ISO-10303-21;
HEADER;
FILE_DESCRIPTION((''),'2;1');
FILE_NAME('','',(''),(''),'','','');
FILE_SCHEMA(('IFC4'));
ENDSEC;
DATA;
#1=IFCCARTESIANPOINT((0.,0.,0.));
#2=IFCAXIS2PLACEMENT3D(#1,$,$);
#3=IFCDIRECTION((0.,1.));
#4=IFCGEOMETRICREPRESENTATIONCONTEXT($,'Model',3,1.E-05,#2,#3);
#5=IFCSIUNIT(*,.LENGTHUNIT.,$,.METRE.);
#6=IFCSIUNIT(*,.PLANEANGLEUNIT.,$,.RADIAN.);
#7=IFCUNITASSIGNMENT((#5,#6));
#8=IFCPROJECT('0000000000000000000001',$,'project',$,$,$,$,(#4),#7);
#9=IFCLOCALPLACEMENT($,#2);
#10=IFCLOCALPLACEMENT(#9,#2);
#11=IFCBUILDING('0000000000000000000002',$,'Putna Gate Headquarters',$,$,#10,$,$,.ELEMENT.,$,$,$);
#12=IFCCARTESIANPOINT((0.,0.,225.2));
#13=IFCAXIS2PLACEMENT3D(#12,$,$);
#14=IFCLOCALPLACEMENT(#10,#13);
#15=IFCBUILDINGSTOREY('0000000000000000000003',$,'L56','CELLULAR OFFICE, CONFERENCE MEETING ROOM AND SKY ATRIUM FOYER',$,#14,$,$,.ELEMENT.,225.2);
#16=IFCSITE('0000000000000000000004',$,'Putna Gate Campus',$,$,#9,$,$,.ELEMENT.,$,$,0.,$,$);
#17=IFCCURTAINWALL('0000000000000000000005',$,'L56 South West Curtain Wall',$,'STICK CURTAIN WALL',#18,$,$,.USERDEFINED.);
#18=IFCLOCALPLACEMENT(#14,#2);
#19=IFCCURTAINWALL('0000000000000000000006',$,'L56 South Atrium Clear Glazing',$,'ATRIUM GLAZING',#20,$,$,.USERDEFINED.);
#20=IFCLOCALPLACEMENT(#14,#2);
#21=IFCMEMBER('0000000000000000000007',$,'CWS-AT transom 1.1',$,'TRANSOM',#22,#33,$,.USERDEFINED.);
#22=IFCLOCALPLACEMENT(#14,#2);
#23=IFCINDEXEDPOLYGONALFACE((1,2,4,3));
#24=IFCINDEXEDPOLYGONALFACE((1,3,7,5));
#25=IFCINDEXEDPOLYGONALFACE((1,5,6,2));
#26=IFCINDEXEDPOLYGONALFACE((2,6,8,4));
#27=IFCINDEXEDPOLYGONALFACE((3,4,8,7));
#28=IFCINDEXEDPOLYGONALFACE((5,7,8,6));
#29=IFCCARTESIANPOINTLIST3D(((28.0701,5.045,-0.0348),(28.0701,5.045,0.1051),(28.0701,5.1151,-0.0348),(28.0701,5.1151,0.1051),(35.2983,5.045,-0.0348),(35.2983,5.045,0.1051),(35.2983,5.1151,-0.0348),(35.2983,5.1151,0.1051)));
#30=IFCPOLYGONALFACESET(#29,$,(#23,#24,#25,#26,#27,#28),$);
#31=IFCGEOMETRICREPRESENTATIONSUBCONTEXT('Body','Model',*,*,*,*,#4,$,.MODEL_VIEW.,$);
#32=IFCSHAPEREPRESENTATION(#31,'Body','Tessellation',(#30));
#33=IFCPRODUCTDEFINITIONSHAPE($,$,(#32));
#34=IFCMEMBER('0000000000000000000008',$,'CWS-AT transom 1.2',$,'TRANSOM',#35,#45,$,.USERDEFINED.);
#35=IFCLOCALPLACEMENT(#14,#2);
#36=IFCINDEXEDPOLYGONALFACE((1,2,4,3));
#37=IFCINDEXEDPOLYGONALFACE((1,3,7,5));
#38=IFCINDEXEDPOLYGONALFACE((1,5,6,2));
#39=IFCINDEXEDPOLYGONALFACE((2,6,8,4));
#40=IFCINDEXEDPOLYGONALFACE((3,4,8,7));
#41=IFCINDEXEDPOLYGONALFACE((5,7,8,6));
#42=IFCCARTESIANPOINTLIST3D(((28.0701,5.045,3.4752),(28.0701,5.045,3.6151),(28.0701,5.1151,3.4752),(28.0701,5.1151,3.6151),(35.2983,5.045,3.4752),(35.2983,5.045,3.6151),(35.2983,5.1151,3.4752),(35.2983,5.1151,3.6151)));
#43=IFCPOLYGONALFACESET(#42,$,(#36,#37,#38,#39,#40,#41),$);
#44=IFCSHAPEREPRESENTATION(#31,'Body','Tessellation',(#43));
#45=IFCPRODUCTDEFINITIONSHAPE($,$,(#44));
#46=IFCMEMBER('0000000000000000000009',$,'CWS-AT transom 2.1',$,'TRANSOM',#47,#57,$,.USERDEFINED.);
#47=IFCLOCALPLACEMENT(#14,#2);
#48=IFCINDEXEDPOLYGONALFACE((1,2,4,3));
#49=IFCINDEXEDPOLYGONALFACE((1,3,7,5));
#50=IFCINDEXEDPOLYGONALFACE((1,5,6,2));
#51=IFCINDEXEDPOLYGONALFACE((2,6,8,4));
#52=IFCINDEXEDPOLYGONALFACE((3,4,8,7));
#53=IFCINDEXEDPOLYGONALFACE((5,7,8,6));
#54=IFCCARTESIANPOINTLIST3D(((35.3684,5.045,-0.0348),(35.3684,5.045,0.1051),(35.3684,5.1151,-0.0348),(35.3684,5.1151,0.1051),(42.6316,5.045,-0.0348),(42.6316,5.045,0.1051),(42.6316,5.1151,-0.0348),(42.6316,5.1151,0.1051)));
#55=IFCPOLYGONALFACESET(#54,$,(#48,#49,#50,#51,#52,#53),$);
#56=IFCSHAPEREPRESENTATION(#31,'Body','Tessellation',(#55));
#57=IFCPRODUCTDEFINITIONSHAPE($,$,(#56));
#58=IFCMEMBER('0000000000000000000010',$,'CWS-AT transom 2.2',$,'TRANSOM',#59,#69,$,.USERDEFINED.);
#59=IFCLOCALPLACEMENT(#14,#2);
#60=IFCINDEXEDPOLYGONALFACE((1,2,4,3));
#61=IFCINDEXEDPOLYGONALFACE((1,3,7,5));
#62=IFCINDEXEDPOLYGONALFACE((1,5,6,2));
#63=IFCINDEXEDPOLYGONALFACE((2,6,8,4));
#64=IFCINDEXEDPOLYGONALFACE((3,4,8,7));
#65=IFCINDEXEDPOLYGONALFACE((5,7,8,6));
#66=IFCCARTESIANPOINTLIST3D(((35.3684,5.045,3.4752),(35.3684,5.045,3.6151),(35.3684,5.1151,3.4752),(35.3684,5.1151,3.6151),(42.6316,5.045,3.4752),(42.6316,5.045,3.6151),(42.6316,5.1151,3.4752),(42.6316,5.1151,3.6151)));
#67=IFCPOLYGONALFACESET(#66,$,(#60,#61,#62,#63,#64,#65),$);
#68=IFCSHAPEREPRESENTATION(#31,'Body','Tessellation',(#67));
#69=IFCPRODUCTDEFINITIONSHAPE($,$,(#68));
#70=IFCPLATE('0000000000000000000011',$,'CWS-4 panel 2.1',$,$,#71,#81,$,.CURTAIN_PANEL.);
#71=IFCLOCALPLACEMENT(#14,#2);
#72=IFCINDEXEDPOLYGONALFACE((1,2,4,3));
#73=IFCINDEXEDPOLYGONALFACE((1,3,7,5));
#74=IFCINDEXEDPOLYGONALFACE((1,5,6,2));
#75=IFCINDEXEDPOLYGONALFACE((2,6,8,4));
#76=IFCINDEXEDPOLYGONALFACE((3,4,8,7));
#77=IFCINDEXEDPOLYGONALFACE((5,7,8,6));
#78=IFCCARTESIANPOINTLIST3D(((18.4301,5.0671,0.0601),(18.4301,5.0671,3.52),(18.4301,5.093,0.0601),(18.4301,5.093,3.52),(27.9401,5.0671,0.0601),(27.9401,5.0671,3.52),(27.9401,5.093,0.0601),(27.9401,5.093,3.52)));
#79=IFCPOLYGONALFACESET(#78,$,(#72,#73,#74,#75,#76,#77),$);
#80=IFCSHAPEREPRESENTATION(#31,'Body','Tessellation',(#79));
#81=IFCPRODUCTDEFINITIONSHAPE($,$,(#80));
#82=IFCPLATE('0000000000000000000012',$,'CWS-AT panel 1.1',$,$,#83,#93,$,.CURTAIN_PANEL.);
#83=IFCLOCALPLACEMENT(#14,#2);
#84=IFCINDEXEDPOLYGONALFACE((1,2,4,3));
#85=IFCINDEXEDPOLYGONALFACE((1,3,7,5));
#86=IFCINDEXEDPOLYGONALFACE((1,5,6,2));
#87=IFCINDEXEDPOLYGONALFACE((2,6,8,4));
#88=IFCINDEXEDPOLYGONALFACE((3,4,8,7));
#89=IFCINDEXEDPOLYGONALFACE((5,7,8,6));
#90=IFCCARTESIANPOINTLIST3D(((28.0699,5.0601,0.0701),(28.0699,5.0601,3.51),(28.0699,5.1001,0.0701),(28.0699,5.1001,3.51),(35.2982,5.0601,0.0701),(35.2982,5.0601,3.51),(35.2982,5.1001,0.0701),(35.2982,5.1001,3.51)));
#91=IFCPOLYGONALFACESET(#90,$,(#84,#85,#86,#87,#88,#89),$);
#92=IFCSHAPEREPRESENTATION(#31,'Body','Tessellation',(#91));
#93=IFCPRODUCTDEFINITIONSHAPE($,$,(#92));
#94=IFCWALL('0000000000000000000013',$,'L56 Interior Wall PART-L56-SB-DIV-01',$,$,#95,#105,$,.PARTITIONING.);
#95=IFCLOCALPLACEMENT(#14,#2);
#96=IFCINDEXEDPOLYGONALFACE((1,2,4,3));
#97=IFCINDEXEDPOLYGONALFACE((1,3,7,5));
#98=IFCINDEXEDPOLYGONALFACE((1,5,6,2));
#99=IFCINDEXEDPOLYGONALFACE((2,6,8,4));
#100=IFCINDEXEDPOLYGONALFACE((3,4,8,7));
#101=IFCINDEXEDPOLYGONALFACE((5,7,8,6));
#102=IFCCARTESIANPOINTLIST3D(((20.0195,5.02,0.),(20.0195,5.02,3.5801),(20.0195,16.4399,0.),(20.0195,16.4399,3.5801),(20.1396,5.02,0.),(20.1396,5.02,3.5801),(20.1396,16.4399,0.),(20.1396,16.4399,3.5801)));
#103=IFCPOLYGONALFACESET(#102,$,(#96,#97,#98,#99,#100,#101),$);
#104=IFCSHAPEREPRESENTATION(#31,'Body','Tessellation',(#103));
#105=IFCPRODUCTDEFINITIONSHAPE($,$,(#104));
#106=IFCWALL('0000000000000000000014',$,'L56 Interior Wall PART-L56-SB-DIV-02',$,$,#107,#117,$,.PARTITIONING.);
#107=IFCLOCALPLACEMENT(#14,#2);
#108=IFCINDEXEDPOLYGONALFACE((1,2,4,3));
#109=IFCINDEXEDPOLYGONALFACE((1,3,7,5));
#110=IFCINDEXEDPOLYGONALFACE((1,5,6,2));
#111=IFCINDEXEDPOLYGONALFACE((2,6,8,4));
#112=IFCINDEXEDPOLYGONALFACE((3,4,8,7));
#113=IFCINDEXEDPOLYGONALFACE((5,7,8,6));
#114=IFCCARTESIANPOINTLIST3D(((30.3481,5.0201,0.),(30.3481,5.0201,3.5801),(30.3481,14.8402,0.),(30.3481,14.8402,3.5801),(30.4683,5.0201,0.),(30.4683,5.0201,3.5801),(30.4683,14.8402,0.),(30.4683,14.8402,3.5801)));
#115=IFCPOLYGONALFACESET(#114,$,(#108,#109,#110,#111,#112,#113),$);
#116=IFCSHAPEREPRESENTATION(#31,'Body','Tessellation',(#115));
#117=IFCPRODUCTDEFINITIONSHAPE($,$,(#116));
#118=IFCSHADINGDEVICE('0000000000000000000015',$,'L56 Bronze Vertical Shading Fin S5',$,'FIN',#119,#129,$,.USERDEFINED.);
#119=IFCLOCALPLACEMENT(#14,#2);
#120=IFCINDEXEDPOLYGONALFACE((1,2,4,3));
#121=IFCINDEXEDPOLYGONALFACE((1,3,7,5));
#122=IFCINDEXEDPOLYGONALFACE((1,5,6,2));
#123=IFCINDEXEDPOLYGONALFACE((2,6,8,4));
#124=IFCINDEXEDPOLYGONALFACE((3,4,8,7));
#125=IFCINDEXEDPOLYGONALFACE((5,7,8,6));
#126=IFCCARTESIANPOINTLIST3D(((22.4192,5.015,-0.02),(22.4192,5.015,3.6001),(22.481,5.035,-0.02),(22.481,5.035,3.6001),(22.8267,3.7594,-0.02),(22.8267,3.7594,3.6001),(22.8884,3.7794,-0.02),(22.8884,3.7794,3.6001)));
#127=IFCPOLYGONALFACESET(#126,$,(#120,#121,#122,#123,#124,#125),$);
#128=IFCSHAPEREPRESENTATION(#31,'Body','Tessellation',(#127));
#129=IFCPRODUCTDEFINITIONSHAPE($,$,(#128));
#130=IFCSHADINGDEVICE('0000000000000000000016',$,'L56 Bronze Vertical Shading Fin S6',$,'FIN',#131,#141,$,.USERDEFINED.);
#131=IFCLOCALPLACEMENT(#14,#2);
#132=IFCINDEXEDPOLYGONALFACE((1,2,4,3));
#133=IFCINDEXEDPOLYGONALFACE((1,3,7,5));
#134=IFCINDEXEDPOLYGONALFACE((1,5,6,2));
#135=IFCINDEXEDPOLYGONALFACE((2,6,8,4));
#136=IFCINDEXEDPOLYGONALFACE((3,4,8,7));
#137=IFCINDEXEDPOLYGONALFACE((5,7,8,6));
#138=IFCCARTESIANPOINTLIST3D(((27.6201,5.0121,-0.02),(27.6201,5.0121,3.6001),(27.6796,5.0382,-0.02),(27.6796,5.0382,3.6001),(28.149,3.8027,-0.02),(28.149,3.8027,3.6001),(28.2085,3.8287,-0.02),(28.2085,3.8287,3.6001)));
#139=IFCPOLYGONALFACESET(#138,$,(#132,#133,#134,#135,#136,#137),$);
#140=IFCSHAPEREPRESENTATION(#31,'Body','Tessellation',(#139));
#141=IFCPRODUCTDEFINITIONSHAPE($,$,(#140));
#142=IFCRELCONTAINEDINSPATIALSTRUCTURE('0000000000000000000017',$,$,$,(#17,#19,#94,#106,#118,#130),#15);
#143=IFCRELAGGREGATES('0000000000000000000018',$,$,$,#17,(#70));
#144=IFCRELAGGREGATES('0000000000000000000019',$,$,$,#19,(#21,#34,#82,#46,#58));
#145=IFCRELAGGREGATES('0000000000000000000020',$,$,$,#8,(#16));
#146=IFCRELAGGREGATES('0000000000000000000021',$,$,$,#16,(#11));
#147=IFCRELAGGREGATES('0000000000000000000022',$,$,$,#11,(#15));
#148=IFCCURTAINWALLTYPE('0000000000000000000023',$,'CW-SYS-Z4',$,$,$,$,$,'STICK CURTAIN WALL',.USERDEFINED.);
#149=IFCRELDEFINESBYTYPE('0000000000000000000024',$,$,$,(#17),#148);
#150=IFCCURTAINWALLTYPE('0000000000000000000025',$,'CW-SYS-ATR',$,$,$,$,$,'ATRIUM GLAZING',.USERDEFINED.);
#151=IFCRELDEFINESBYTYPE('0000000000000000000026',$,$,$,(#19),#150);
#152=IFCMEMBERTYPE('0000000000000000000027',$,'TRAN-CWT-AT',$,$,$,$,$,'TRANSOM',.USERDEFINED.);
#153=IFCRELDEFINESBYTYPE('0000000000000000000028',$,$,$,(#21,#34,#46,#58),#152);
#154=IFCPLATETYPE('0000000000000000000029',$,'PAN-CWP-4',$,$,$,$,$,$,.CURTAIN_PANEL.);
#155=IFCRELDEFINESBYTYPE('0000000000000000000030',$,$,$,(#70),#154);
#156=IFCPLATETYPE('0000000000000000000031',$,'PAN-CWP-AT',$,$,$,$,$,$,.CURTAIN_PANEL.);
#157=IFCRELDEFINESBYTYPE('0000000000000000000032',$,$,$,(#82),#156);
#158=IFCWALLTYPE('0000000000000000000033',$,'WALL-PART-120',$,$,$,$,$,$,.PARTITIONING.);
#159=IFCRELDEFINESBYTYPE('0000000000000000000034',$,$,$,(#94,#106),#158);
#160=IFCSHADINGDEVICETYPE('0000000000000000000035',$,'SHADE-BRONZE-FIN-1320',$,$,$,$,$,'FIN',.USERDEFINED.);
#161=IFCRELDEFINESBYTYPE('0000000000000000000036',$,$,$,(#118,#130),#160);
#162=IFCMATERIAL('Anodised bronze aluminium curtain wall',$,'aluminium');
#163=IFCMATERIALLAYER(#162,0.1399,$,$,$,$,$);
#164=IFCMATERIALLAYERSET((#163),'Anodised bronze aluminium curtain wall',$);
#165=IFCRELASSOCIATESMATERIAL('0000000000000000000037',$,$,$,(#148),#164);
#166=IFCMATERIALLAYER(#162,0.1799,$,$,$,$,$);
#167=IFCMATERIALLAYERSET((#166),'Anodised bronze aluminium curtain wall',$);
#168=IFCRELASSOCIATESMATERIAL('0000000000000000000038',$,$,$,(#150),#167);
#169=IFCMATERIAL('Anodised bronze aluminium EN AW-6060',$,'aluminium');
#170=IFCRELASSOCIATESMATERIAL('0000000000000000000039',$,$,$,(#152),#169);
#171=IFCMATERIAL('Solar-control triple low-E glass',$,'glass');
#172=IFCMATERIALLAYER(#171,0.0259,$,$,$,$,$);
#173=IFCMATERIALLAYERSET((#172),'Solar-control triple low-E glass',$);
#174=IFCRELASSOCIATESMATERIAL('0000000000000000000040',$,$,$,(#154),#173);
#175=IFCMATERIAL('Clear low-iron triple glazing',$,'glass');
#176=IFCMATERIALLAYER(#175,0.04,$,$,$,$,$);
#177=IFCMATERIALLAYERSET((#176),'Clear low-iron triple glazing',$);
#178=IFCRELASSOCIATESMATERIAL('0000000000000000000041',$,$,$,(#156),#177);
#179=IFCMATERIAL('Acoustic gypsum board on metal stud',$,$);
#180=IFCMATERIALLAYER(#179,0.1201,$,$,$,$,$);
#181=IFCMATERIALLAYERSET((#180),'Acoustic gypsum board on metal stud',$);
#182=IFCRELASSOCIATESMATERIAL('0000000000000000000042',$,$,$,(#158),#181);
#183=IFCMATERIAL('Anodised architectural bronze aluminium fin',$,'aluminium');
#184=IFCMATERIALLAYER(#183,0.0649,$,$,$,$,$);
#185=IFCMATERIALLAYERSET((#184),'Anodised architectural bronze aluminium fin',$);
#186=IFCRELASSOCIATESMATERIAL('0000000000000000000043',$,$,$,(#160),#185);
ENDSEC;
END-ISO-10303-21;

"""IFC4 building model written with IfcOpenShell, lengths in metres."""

from ifc_helpers import new_model, si_unit, direction, frame, frame_2d, origin, origin_2d, place, context, subcontext, project, spatial, rectangle, extrude, material, layer, layer_set, material_profile, profile_set, type_object, element, aggregate, save


model = new_model("IFC4")

# Units and contexts
model_context = context("Model", 3, precision=1e-05, world=origin(), true_north=direction((0.0, 1.0)))
body_context = subcontext(model_context, "Body", "Model", "MODEL_VIEW")
ifc_project = project(units=[si_unit("LENGTHUNIT", "METRE"), si_unit("PLANEANGLEUNIT", "RADIAN")], contexts=[model_context])

# Site, building, storey
site_placement = place(None, origin())
site = spatial("IfcSite", under=ifc_project, at=site_placement, Name="Putna Gate Campus", CompositionType="ELEMENT", RefElevation=0.0)
building_placement = place(site_placement, origin())
building = spatial("IfcBuilding", under=site, at=building_placement, Name="Putna Gate Headquarters", CompositionType="ELEMENT")
storey_placement = place(building_placement, frame((0.0, 0.0, 225.2)))
storey = spatial("IfcBuildingStorey", under=building, at=storey_placement, Name="L56", Description="CELLULAR OFFICE, CONFERENCE MEETING ROOM AND SKY ATRIUM FOYER", CompositionType="ELEMENT", Elevation=225.2)

# Curtain walls
ifc_material_1 = material(Name="Anodised bronze aluminium curtain wall", Category="aluminium")
ifc_layer_1 = layer(ifc_material_1, 0.1399)
ifc_layer_set_1 = layer_set([ifc_layer_1], Name="Anodised bronze aluminium curtain wall")
curtain_wall_type_1 = type_object("IfcCurtainWallType", Name="CW-SYS-Z4", ElementType="STICK CURTAIN WALL", PredefinedType="USERDEFINED", material=ifc_layer_set_1)
curtain_wall_1_placement = place(storey_placement, origin())
curtain_wall_1 = element("IfcCurtainWall", 1, at=curtain_wall_1_placement, inside=storey, type_object=curtain_wall_type_1, Name="L56 South West Curtain Wall", ObjectType="STICK CURTAIN WALL", PredefinedType="USERDEFINED")
ifc_material_2 = material(Name="Anodised bronze aluminium EN AW-6060", Category="aluminium")
ifc_layer_2 = layer(ifc_material_1, 0.1799)
ifc_layer_set_2 = layer_set([ifc_layer_2], Name="Anodised bronze aluminium curtain wall")
curtain_wall_type_2 = type_object("IfcCurtainWallType", Name="CW-SYS-ATR", ElementType="ATRIUM GLAZING", PredefinedType="USERDEFINED", material=ifc_layer_set_2)
curtain_wall_2_placement = place(storey_placement, origin())
curtain_wall_2 = element("IfcCurtainWall", 2, at=curtain_wall_2_placement, inside=storey, type_object=curtain_wall_type_2, Name="L56 South Atrium Clear Glazing", ObjectType="ATRIUM GLAZING", PredefinedType="USERDEFINED")

# Members
ifc_material_profile_1 = material_profile(ifc_material_2, rectangle(XDim=0.0701, YDim=0.1399, at=origin_2d()), Name="Anodised bronze aluminium EN AW-6060")
ifc_profile_set_1 = profile_set([ifc_material_profile_1], Name="Anodised bronze aluminium EN AW-6060")
member_type_1 = type_object("IfcMemberType", Name="TRAN-CWT-AT", ElementType="TRANSOM", PredefinedType="USERDEFINED", material=ifc_profile_set_1)
member_1_placement = place(storey_placement, frame((28.0701, 5.0801, 0.0352), z_axis=(1.0, 0.0, 0.0), x_axis=(0.0, 1.0, 0.0)))
member_1 = element("IfcMember", 3, at=member_1_placement, type_object=member_type_1, Name="CWS-AT transom 1.1", ObjectType="TRANSOM", PredefinedType="USERDEFINED", context=body_context, shape_type="SweptSolid", body=[
    extrude(rectangle(XDim=0.0701, YDim=0.1399, at=origin_2d()), origin(), (0.0, 0.0, 1.0), 7.2283),
])
member_2_placement = place(storey_placement, frame((28.0701, 5.0801, 3.5452), z_axis=(1.0, 0.0, 0.0), x_axis=(0.0, 1.0, 0.0)))
member_2 = element("IfcMember", 4, at=member_2_placement, type_object=member_type_1, Name="CWS-AT transom 1.2", ObjectType="TRANSOM", PredefinedType="USERDEFINED", context=body_context, shape_type="SweptSolid", body=[
    extrude(rectangle(XDim=0.0701, YDim=0.1399, at=origin_2d()), origin(), (0.0, 0.0, 1.0), 7.2283),
])
member_3_placement = place(storey_placement, frame((35.3684, 5.0801, 0.0352), z_axis=(1.0, 0.0, 0.0), x_axis=(0.0, 1.0, 0.0)))
member_3 = element("IfcMember", 5, at=member_3_placement, type_object=member_type_1, Name="CWS-AT transom 2.1", ObjectType="TRANSOM", PredefinedType="USERDEFINED", context=body_context, shape_type="SweptSolid", body=[
    extrude(rectangle(XDim=0.0701, YDim=0.1399, at=origin_2d()), origin(), (0.0, 0.0, 1.0), 7.2632),
])
member_4_placement = place(storey_placement, frame((35.3684, 5.0801, 3.5452), z_axis=(1.0, 0.0, 0.0), x_axis=(0.0, 1.0, 0.0)))
member_4 = element("IfcMember", 6, at=member_4_placement, type_object=member_type_1, Name="CWS-AT transom 2.2", ObjectType="TRANSOM", PredefinedType="USERDEFINED", context=body_context, shape_type="SweptSolid", body=[
    extrude(rectangle(XDim=0.0701, YDim=0.1399, at=origin_2d()), origin(), (0.0, 0.0, 1.0), 7.2632),
])

# Plates
ifc_material_3 = material(Name="Solar-control triple low-E glass", Category="glass")
ifc_layer_3 = layer(ifc_material_3, 0.0259)
ifc_layer_set_3 = layer_set([ifc_layer_3], Name="Solar-control triple low-E glass")
plate_type_1 = type_object("IfcPlateType", Name="PAN-CWP-4", PredefinedType="CURTAIN_PANEL", material=ifc_layer_set_3)
plate_1_placement = place(storey_placement, frame((23.1851, 5.0801, 0.0601), z_axis=(0.0, 0.0, 1.0), x_axis=(1.0, 0.0, 0.0)))
plate_1 = element("IfcPlate", 7, at=plate_1_placement, type_object=plate_type_1, Name="CWS-4 panel 2.1", PredefinedType="CURTAIN_PANEL", context=body_context, shape_type="SweptSolid", body=[
    extrude(rectangle(XDim=9.51, YDim=0.0259, at=origin_2d()), origin(), (0.0, 0.0, 1.0), 3.46),
])
aggregate(curtain_wall_1, [plate_1])
ifc_material_4 = material(Name="Clear low-iron triple glazing", Category="glass")
ifc_layer_4 = layer(ifc_material_4, 0.04)
ifc_layer_set_4 = layer_set([ifc_layer_4], Name="Clear low-iron triple glazing")
plate_type_2 = type_object("IfcPlateType", Name="PAN-CWP-AT", PredefinedType="CURTAIN_PANEL", material=ifc_layer_set_4)
plate_2_placement = place(storey_placement, frame((31.6841, 5.0801, 0.0701), z_axis=(0.0, 0.0, 1.0), x_axis=(1.0, 0.0, 0.0)))
plate_2 = element("IfcPlate", 8, at=plate_2_placement, type_object=plate_type_2, Name="CWS-AT panel 1.1", PredefinedType="CURTAIN_PANEL", context=body_context, shape_type="SweptSolid", body=[
    extrude(rectangle(XDim=7.2283, YDim=0.04, at=origin_2d()), origin(), (0.0, 0.0, 1.0), 3.4399),
])
aggregate(curtain_wall_2, [member_1, member_2, plate_2, member_3, member_4])

# Walls
ifc_material_5 = material(Name="Acoustic gypsum board on metal stud")
ifc_layer_5 = layer(ifc_material_5, 0.1201)
ifc_layer_set_5 = layer_set([ifc_layer_5], Name="Acoustic gypsum board on metal stud")
wall_type = type_object("IfcWallType", Name="WALL-PART-120", PredefinedType="PARTITIONING", material=ifc_layer_set_5)
wall_1_placement = place(storey_placement, frame((20.0796, 5.02, 0.0), z_axis=(0.0, 0.0, 1.0), x_axis=(0.0, 1.0, 0.0)))
element("IfcWall", 9, at=wall_1_placement, inside=storey, type_object=wall_type, Name="L56 Interior Wall PART-L56-SB-DIV-01", PredefinedType="PARTITIONING", context=body_context, shape_type="SweptSolid", body=[
    extrude(rectangle(XDim=11.4199, YDim=0.1201, at=frame_2d((5.71, 0.0))), origin(), (0.0, 0.0, 1.0), 3.5801),
])
wall_2_placement = place(storey_placement, frame((30.4082, 5.02, 0.0), z_axis=(0.0, 0.0, 1.0), x_axis=(0.0, 1.0, 0.0)))
element("IfcWall", 10, at=wall_2_placement, inside=storey, type_object=wall_type, Name="L56 Interior Wall PART-L56-SB-DIV-02", PredefinedType="PARTITIONING", context=body_context, shape_type="SweptSolid", body=[
    extrude(rectangle(XDim=9.8201, YDim=0.1201, at=frame_2d((4.9102, 0.0))), origin(), (0.0, 0.0, 1.0), 3.5801),
])

# Shading devices
ifc_material_6 = material(Name="Anodised architectural bronze aluminium fin", Category="aluminium")
ifc_layer_6 = layer(ifc_material_6, 0.0649)
ifc_layer_set_6 = layer_set([ifc_layer_6], Name="Anodised architectural bronze aluminium fin")
shading_device_type = type_object("IfcShadingDeviceType", Name="SHADE-BRONZE-FIN-1320", ElementType="FIN", PredefinedType="USERDEFINED", material=ifc_layer_set_6)
for number, where, z_axis, x_axis, name in (
    (11, (22.6538, 4.3972, -0.02), (0.0, 0.0, 1.0), (0.308685, -0.951164, 0.0), "L56 Bronze Vertical Shading Fin S5"),
    (12, (27.9143, 4.4204, -0.02), (0.0, 0.0, 1.0), (0.400669, -0.916223, 0.0), "L56 Bronze Vertical Shading Fin S6"),
):
    element("IfcShadingDevice", number, at=place(storey_placement, frame(where, z_axis=z_axis, x_axis=x_axis)), inside=storey, type_object=shading_device_type, Name=name, ObjectType="FIN", PredefinedType="USERDEFINED", context=body_context, shape_type="SweptSolid", body=[
        extrude(rectangle(XDim=1.3201, YDim=0.0649, at=origin_2d()), origin(), (0.0, 0.0, 1.0), 3.6201),
    ])

save(model, "model.ifc")
